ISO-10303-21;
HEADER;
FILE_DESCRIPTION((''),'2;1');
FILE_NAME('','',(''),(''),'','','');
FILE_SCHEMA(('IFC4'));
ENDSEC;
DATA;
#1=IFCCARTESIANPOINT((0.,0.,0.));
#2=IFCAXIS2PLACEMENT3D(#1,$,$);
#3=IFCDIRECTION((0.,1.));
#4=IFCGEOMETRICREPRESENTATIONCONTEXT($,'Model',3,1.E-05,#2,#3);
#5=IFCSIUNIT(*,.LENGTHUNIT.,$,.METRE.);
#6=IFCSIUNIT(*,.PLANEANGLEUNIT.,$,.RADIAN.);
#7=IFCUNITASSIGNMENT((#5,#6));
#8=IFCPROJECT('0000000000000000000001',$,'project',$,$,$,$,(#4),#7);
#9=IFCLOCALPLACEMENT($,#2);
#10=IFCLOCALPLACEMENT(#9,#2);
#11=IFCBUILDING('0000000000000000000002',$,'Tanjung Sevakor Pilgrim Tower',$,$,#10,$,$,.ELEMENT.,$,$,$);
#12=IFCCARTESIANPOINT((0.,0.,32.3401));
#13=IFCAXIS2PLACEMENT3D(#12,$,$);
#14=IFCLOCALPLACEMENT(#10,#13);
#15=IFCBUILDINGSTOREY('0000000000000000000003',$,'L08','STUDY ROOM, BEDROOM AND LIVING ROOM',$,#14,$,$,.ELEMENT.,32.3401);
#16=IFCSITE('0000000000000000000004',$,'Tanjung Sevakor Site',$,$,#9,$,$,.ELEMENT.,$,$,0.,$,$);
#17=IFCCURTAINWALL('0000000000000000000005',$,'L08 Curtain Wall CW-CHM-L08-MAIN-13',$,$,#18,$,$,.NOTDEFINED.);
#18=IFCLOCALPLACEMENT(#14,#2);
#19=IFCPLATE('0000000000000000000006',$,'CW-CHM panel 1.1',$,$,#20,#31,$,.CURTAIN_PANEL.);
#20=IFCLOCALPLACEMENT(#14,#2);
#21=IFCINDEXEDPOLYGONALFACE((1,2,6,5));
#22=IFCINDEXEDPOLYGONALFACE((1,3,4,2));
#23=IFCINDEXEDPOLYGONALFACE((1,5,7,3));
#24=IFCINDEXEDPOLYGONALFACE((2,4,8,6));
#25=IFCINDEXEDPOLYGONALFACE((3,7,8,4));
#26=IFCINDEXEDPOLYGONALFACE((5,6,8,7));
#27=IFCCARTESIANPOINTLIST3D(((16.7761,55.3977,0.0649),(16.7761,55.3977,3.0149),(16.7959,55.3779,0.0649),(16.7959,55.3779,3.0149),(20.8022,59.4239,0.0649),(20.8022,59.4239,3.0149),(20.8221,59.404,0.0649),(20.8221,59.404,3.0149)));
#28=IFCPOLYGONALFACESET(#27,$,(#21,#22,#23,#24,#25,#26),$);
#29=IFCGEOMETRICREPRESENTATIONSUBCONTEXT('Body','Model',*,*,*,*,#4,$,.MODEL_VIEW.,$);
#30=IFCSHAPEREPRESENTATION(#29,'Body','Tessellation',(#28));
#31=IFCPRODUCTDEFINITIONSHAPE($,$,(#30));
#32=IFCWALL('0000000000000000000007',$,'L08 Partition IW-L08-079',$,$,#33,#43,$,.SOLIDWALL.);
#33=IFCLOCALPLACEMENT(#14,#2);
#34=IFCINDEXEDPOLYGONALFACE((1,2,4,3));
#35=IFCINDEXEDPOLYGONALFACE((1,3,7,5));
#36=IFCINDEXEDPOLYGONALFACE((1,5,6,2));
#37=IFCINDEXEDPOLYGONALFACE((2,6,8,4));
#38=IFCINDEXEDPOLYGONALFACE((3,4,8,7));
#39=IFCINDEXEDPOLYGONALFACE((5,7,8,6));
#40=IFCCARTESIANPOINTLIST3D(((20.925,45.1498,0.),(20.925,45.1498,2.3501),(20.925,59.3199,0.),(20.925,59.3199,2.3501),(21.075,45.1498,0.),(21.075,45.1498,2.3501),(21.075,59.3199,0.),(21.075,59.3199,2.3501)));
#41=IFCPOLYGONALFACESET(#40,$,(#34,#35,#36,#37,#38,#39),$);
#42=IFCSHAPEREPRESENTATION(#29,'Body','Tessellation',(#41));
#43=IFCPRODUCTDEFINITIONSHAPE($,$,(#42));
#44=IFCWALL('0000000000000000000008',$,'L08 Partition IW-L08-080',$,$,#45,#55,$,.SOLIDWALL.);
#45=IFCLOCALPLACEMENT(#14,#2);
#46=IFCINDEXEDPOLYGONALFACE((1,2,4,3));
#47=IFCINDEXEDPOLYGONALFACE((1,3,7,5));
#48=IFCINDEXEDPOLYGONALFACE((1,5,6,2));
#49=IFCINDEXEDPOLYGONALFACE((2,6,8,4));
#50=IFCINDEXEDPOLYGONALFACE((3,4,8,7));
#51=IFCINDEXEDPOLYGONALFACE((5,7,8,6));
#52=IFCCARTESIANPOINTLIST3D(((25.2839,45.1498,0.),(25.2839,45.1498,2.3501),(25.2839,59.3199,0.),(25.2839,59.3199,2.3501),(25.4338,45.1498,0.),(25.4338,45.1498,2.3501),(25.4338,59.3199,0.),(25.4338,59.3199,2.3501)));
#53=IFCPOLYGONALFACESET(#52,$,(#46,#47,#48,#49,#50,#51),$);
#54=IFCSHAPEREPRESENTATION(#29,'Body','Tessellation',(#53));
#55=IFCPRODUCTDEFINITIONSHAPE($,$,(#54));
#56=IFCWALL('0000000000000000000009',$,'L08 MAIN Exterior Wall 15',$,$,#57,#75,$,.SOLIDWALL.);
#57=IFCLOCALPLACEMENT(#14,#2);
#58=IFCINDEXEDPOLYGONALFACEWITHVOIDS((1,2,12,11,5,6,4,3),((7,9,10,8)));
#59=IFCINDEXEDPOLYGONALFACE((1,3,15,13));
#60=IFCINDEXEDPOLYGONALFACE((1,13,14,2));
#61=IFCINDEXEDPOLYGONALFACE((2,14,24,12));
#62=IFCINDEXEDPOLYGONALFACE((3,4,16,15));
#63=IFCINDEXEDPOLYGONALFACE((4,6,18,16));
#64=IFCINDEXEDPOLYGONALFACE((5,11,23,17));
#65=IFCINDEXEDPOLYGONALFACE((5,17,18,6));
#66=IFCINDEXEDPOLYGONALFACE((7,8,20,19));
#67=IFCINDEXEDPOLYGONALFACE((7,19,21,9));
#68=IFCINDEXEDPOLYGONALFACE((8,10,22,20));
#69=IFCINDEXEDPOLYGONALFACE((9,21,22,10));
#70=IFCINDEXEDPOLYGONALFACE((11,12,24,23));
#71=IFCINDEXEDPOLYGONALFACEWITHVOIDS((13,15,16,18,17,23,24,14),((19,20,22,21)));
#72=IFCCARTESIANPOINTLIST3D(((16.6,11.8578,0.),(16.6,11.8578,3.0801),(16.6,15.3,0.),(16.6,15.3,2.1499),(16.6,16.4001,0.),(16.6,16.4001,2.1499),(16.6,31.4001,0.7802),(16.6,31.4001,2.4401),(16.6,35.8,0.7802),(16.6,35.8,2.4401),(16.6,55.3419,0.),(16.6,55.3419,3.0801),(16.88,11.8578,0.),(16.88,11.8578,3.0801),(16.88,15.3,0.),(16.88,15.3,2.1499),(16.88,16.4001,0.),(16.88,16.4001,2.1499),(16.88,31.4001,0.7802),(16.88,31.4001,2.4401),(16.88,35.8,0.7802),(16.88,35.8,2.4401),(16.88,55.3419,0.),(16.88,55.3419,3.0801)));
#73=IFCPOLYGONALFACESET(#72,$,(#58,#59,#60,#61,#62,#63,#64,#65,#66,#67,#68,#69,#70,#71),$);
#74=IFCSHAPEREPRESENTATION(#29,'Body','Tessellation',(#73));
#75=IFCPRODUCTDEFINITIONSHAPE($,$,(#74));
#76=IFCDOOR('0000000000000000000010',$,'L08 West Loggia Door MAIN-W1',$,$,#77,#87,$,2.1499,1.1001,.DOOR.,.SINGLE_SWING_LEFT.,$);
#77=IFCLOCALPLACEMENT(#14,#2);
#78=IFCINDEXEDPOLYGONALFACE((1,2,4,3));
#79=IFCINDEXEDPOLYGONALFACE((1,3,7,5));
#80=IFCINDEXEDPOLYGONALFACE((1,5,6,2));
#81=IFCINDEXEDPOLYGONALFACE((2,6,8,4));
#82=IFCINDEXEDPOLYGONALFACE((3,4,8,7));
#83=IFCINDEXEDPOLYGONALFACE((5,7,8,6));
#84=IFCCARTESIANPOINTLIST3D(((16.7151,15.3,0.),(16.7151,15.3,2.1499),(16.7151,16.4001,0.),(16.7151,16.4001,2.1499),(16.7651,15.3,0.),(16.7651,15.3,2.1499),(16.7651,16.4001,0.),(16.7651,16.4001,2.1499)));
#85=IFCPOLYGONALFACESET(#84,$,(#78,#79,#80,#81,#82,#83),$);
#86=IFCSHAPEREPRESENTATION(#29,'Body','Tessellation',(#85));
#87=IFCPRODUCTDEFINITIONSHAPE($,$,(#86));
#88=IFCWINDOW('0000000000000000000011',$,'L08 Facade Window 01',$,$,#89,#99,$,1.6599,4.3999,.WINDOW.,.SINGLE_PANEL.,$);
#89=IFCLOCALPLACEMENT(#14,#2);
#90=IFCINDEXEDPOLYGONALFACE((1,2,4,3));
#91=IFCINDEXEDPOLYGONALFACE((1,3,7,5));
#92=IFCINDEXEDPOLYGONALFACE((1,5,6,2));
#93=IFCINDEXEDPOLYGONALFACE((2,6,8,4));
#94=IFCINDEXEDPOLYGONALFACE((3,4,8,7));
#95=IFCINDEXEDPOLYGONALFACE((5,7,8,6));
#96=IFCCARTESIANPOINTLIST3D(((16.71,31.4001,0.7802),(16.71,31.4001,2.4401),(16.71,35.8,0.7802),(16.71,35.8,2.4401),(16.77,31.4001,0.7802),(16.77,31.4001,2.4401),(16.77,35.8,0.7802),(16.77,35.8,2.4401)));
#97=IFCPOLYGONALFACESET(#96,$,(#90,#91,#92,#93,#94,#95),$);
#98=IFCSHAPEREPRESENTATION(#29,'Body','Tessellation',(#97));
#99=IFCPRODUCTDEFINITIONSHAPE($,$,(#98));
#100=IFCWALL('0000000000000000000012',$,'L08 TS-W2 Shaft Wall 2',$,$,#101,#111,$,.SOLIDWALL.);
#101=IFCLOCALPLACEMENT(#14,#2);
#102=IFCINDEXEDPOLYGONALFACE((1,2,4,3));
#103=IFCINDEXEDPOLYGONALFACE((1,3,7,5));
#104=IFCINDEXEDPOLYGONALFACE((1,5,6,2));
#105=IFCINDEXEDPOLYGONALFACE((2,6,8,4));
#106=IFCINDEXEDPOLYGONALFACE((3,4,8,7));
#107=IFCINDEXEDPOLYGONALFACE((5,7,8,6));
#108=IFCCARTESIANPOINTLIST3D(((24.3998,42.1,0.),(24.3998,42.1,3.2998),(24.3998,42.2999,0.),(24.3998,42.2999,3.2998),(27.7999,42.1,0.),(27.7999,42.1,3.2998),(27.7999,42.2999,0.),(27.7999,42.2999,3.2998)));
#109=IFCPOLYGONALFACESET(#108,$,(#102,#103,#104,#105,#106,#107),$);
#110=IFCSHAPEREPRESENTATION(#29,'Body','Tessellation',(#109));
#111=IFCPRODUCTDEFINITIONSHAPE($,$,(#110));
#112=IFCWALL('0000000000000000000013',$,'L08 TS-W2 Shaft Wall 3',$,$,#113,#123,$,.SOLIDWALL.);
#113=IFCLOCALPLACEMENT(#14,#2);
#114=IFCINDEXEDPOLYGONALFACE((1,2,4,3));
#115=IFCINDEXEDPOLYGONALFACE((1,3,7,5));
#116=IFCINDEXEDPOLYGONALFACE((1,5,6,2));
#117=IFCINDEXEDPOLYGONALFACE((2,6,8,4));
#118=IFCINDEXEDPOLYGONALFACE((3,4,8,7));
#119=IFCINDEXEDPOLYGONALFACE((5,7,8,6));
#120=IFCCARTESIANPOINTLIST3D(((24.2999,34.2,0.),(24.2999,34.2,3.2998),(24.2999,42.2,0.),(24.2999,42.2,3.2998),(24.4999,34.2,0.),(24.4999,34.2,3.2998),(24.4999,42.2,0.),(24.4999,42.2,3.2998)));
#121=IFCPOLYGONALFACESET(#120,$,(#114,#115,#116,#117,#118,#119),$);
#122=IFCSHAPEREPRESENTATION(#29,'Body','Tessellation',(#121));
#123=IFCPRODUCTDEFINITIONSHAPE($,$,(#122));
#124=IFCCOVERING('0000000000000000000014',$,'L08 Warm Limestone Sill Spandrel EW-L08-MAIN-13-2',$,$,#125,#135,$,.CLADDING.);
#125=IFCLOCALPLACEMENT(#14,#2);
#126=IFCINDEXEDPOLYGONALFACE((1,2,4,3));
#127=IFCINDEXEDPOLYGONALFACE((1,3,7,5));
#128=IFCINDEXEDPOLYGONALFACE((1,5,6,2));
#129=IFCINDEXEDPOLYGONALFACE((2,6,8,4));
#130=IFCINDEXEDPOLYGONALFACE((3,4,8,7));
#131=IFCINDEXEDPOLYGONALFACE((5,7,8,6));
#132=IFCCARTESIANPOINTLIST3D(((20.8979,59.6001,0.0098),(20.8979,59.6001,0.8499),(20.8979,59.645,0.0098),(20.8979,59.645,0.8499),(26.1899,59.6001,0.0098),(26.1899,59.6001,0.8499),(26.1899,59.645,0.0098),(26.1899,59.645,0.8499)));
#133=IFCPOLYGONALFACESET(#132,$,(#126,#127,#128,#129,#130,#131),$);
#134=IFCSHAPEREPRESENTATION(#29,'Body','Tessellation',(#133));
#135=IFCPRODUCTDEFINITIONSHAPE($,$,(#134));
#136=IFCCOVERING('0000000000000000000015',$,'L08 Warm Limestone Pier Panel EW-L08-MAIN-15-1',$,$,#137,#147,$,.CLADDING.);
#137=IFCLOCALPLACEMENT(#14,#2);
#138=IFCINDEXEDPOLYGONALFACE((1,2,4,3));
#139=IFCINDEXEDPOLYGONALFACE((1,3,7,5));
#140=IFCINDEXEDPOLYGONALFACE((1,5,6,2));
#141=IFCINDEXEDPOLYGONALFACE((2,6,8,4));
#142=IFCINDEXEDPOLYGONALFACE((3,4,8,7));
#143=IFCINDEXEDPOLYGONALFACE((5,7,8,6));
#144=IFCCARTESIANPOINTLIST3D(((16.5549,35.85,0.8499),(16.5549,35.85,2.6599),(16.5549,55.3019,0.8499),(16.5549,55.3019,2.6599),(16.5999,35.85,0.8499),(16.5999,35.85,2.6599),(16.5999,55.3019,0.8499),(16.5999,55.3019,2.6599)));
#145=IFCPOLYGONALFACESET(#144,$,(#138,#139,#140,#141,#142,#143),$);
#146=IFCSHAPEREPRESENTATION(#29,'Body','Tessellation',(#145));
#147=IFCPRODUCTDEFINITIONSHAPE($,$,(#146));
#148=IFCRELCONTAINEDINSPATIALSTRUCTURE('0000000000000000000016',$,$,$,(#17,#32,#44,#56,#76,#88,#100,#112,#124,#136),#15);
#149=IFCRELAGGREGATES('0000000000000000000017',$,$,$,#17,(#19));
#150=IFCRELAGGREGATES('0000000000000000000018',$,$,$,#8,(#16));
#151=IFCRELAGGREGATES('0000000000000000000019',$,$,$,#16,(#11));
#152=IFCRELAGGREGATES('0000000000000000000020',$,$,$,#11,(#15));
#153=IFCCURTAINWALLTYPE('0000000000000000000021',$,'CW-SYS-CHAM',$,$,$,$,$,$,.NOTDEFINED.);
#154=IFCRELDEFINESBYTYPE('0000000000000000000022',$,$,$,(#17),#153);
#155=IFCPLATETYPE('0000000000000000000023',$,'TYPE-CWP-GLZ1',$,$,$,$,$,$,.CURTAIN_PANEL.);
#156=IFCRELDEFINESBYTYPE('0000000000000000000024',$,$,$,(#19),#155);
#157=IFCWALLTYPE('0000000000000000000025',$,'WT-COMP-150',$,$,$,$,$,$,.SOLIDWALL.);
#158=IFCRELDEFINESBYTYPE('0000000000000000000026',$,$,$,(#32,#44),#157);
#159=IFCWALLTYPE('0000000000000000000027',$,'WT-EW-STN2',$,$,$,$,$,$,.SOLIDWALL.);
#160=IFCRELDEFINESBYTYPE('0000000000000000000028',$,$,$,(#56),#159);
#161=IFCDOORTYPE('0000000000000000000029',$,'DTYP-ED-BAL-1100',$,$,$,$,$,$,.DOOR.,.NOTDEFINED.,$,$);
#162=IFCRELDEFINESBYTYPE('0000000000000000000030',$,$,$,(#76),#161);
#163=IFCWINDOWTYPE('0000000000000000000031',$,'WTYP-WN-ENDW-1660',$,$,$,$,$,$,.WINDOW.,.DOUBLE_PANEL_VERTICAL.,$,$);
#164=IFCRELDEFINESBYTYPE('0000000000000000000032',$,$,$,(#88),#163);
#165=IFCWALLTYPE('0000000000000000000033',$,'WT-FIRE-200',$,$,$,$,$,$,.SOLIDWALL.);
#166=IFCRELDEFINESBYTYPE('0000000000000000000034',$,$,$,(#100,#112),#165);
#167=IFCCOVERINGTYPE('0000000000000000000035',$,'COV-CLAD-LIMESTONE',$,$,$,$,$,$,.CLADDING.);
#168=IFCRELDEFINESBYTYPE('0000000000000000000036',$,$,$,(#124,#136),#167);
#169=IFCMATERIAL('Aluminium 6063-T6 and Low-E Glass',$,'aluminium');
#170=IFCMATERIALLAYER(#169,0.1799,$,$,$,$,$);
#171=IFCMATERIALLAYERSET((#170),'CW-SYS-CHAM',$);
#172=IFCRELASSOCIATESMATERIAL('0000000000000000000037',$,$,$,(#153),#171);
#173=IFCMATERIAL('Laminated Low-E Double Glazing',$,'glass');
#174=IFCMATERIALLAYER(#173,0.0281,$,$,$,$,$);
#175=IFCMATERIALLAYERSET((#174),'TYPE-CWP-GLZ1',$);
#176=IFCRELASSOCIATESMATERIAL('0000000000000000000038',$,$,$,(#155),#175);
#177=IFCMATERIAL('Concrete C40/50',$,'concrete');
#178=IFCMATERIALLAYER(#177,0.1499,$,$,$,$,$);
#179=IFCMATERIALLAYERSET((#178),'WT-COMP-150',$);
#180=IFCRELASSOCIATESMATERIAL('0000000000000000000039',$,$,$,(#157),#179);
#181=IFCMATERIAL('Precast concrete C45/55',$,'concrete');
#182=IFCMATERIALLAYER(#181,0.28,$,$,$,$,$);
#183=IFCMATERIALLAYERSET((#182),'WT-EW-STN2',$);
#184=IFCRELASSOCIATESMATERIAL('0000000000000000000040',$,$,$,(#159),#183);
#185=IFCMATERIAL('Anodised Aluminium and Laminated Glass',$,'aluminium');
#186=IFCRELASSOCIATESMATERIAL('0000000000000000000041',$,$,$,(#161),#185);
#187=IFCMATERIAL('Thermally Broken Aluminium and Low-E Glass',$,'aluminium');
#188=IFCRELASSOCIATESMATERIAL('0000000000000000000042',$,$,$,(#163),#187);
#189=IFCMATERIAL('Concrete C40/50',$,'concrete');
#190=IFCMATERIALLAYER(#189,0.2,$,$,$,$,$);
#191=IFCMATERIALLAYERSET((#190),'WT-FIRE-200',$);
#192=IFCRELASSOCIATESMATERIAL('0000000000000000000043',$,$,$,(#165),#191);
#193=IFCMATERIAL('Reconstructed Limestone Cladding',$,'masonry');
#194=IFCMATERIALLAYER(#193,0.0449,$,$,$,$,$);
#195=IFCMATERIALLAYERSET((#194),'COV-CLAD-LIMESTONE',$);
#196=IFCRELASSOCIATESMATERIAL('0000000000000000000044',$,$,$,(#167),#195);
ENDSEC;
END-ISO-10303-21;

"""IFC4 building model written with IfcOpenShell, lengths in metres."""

from ifc_helpers import new_model, si_unit, direction, frame, frame_2d, origin, origin_2d, place, context, subcontext, project, spatial, rectangle, extrude, material, layer, layer_set, type_object, element, fill, aggregate, save


model = new_model("IFC4")

# Units and contexts
model_context = context("Model", 3, precision=1e-05, world=origin(), true_north=direction((0.0, 1.0)))
body_context = subcontext(model_context, "Body", "Model", "MODEL_VIEW")
ifc_project = project(units=[si_unit("LENGTHUNIT", "METRE"), si_unit("PLANEANGLEUNIT", "RADIAN")], contexts=[model_context])

# Site, building, storey
site_placement = place(None, origin())
site = spatial("IfcSite", under=ifc_project, at=site_placement, Name="Tanjung Sevakor Site", CompositionType="ELEMENT", RefElevation=0.0)
building_placement = place(site_placement, origin())
building = spatial("IfcBuilding", under=site, at=building_placement, Name="Tanjung Sevakor Pilgrim Tower", CompositionType="ELEMENT")
storey_placement = place(building_placement, frame((0.0, 0.0, 32.3401)))
storey = spatial("IfcBuildingStorey", under=building, at=storey_placement, Name="L08", Description="STUDY ROOM, BEDROOM AND LIVING ROOM", CompositionType="ELEMENT", Elevation=32.3401)

# Curtain wall, plate
ifc_material_1 = material(Name="Aluminium 6063-T6 and Low-E Glass", Category="aluminium")
ifc_layer_1 = layer(ifc_material_1, 0.1799)
ifc_layer_set_1 = layer_set([ifc_layer_1], Name="CW-SYS-CHAM")
curtain_wall_type = type_object("IfcCurtainWallType", Name="CW-SYS-CHAM", PredefinedType="NOTDEFINED", material=ifc_layer_set_1)
curtain_wall_placement = place(storey_placement, origin())
curtain_wall = element("IfcCurtainWall", 1, at=curtain_wall_placement, inside=storey, type_object=curtain_wall_type, Name="L08 Curtain Wall CW-CHM-L08-MAIN-13", PredefinedType="NOTDEFINED")
ifc_material_2 = material(Name="Laminated Low-E Double Glazing", Category="glass")
ifc_layer_2 = layer(ifc_material_2, 0.0281)
ifc_layer_set_2 = layer_set([ifc_layer_2], Name="TYPE-CWP-GLZ1")
plate_type = type_object("IfcPlateType", Name="TYPE-CWP-GLZ1", PredefinedType="CURTAIN_PANEL", material=ifc_layer_set_2)
plate_placement = place(storey_placement, frame((18.7991, 57.4009, 0.0649), z_axis=(0.0, 0.0, 1.0), x_axis=(-0.707107, -0.707107, 0.0)))
plate = element("IfcPlate", 2, at=plate_placement, type_object=plate_type, Name="CW-CHM panel 1.1", PredefinedType="CURTAIN_PANEL", context=body_context, shape_type="SweptSolid", body=[
    extrude(rectangle(XDim=5.6938, YDim=0.0281, at=origin_2d()), origin(), (0.0, 0.0, 1.0), 2.95),
])
aggregate(curtain_wall, [plate])

# Walls
ifc_material_3 = material(Name="Concrete C40/50", Category="concrete")
ifc_layer_3 = layer(ifc_material_3, 0.1499)
ifc_layer_set_3 = layer_set([ifc_layer_3], Name="WT-COMP-150")
wall_type_1 = type_object("IfcWallType", Name="WT-COMP-150", PredefinedType="SOLIDWALL", material=ifc_layer_set_3)
for number, where, z_axis, x_axis, name in (
    (3, (21.0, 45.1499, 0.0), (0.0, 0.0, 1.0), (0.0, 1.0, 0.0), "L08 Partition IW-L08-079"),
    (4, (25.3589, 45.1499, 0.0), (0.0, 0.0, 1.0), (0.0, 1.0, 0.0), "L08 Partition IW-L08-080"),
):
    element("IfcWall", number, at=place(storey_placement, frame(where, z_axis=z_axis, x_axis=x_axis)), inside=storey, type_object=wall_type_1, Name=name, PredefinedType="SOLIDWALL", context=body_context, shape_type="SweptSolid", body=[
        extrude(rectangle(XDim=14.1702, YDim=0.1499, at=frame_2d((7.085, 0.0))), origin(), (0.0, 0.0, 1.0), 2.3501),
    ])

# Wall, openings, door, window
ifc_material_4 = material(Name="Precast concrete C45/55", Category="concrete")
ifc_layer_4 = layer(ifc_material_4, 0.28)
ifc_layer_set_4 = layer_set([ifc_layer_4], Name="WT-EW-STN2")
wall_type_2 = type_object("IfcWallType", Name="WT-EW-STN2", PredefinedType="SOLIDWALL", material=ifc_layer_set_4)
wall_1_placement = place(storey_placement, frame((16.74, 55.342, 0.0), z_axis=(0.0, 0.0, 1.0), x_axis=(0.0, -1.0, 0.0)))
wall_1 = element("IfcWall", 5, at=wall_1_placement, inside=storey, type_object=wall_type_2, Name="L08 MAIN Exterior Wall 15", PredefinedType="SOLIDWALL", context=body_context, shape_type="SweptSolid", body=[
    extrude(rectangle(XDim=43.4841, YDim=0.28, at=frame_2d((21.7422, 0.0))), origin(), (0.0, 0.0, 1.0), 3.0801),
])
opening_1_placement = place(wall_1_placement, frame((38.9419, 0.0, 0.0)))
opening_1 = element("IfcOpeningElement", 6, at=opening_1_placement, cuts=wall_1, PredefinedType="OPENING", context=body_context, shape_type="SweptSolid", body=[
    extrude(rectangle(XDim=1.1001, YDim=2.1499, at=frame_2d((0.55, 1.075))), frame((0.0, 0.1499, 0.0), z_axis=(0.0, -1.0, 0.0), x_axis=(1.0, 0.0, 0.0)), (0.0, 0.0, 1.0), 0.3),
])
opening_2_placement = place(wall_1_placement, frame((19.542, 0.0, 0.78)))
opening_2 = element("IfcOpeningElement", 7, at=opening_2_placement, cuts=wall_1, PredefinedType="OPENING", context=body_context, shape_type="SweptSolid", body=[
    extrude(rectangle(XDim=4.3999, YDim=1.6599, at=frame_2d((2.2, 0.8301))), frame((0.0, 0.1499, 0.0), z_axis=(0.0, -1.0, 0.0), x_axis=(1.0, 0.0, 0.0)), (0.0, 0.0, 1.0), 0.3),
])
ifc_material_5 = material(Name="Anodised Aluminium and Laminated Glass", Category="aluminium")
door_type_1 = type_object("IfcDoorType", Name="DTYP-ED-BAL-1100", OperationType="NOTDEFINED", PredefinedType="DOOR", material=ifc_material_5)
door_1_placement = place(opening_1_placement, frame((1.1001, 0.0, 0.0), z_axis=(0.0, 0.0, 1.0), x_axis=(-1.0, 0.0, 0.0)))
door_1 = element("IfcDoor", 8, at=door_1_placement, inside=storey, type_object=door_type_1, Name="L08 West Loggia Door MAIN-W1", OperationType="SINGLE_SWING_LEFT", OverallHeight=2.1499, OverallWidth=1.1001, PredefinedType="DOOR", context=body_context, shape_type="SweptSolid", body=[
    extrude(rectangle(XDim=1.1001, YDim=2.1499, at=frame_2d((0.55, 1.075))), frame((0.0, 0.0249, 0.0), z_axis=(0.0, -1.0, 0.0), x_axis=(1.0, 0.0, 0.0)), (0.0, 0.0, 1.0), 0.05),
])
fill(opening_1, door_1)
ifc_material_6 = material(Name="Thermally Broken Aluminium and Low-E Glass", Category="aluminium")
window_type = type_object("IfcWindowType", Name="WTYP-WN-ENDW-1660", PartitioningType="DOUBLE_PANEL_VERTICAL", PredefinedType="WINDOW", material=ifc_material_6)
window_placement = place(opening_2_placement, origin())
window = element("IfcWindow", 9, at=window_placement, inside=storey, type_object=window_type, Name="L08 Facade Window 01", OverallHeight=1.6599, OverallWidth=4.3999, PartitioningType="SINGLE_PANEL", PredefinedType="WINDOW", context=body_context, shape_type="SweptSolid", body=[
    extrude(rectangle(XDim=4.3999, YDim=1.6599, at=frame_2d((2.2, 0.8301))), frame((0.0, 0.03, 0.0), z_axis=(0.0, -1.0, 0.0), x_axis=(1.0, 0.0, 0.0)), (0.0, 0.0, 1.0), 0.0601),
])
fill(opening_2, window)

# Walls
ifc_material_7 = material(Name="Concrete C40/50", Category="concrete")
ifc_layer_5 = layer(ifc_material_7, 0.2)
ifc_layer_set_5 = layer_set([ifc_layer_5], Name="WT-FIRE-200")
wall_type_3 = type_object("IfcWallType", Name="WT-FIRE-200", PredefinedType="SOLIDWALL", material=ifc_layer_set_5)
wall_2_placement = place(storey_placement, frame((27.8, 42.2, 0.0), z_axis=(0.0, 0.0, 1.0), x_axis=(-1.0, 0.0, 0.0)))
element("IfcWall", 10, at=wall_2_placement, inside=storey, type_object=wall_type_3, Name="L08 TS-W2 Shaft Wall 2", PredefinedType="SOLIDWALL", context=body_context, shape_type="SweptSolid", body=[
    extrude(rectangle(XDim=3.4001, YDim=0.2, at=frame_2d((1.7002, 0.0))), origin(), (0.0, 0.0, 1.0), 3.2998),
])
wall_3_placement = place(storey_placement, frame((24.3999, 42.2, 0.0), z_axis=(0.0, 0.0, 1.0), x_axis=(0.0, -1.0, 0.0)))
element("IfcWall", 11, at=wall_3_placement, inside=storey, type_object=wall_type_3, Name="L08 TS-W2 Shaft Wall 3", PredefinedType="SOLIDWALL", context=body_context, shape_type="SweptSolid", body=[
    extrude(rectangle(XDim=8.0, YDim=0.2, at=frame_2d((4.0, 0.0))), origin(), (0.0, 0.0, 1.0), 3.2998),
])

# Coverings
ifc_material_8 = material(Name="Reconstructed Limestone Cladding", Category="masonry")
ifc_layer_6 = layer(ifc_material_8, 0.0449)
ifc_layer_set_6 = layer_set([ifc_layer_6], Name="COV-CLAD-LIMESTONE")
covering_type = type_object("IfcCoveringType", Name="COV-CLAD-LIMESTONE", PredefinedType="CLADDING", material=ifc_layer_set_6)
covering_1_placement = place(storey_placement, frame((23.5439, 59.6226, 0.0098), z_axis=(0.0, 0.0, 1.0), x_axis=(-1.0, 0.0, 0.0)))
element("IfcCovering", 12, at=covering_1_placement, inside=storey, type_object=covering_type, Name="L08 Warm Limestone Sill Spandrel EW-L08-MAIN-13-2", PredefinedType="CLADDING", context=body_context, shape_type="SweptSolid", body=[
    extrude(rectangle(XDim=5.292, YDim=0.0449, at=origin_2d()), origin(), (0.0, 0.0, 1.0), 0.8401),
])
covering_2_placement = place(storey_placement, frame((16.5774, 45.5759, 0.8499), z_axis=(0.0, 0.0, 1.0), x_axis=(0.0, -1.0, 0.0)))
element("IfcCovering", 13, at=covering_2_placement, inside=storey, type_object=covering_type, Name="L08 Warm Limestone Pier Panel EW-L08-MAIN-15-1", PredefinedType="CLADDING", context=body_context, shape_type="SweptSolid", body=[
    extrude(rectangle(XDim=19.4519, YDim=0.0449, at=origin_2d()), origin(), (0.0, 0.0, 1.0), 1.8101),
])

save(model, "model.ifc")
